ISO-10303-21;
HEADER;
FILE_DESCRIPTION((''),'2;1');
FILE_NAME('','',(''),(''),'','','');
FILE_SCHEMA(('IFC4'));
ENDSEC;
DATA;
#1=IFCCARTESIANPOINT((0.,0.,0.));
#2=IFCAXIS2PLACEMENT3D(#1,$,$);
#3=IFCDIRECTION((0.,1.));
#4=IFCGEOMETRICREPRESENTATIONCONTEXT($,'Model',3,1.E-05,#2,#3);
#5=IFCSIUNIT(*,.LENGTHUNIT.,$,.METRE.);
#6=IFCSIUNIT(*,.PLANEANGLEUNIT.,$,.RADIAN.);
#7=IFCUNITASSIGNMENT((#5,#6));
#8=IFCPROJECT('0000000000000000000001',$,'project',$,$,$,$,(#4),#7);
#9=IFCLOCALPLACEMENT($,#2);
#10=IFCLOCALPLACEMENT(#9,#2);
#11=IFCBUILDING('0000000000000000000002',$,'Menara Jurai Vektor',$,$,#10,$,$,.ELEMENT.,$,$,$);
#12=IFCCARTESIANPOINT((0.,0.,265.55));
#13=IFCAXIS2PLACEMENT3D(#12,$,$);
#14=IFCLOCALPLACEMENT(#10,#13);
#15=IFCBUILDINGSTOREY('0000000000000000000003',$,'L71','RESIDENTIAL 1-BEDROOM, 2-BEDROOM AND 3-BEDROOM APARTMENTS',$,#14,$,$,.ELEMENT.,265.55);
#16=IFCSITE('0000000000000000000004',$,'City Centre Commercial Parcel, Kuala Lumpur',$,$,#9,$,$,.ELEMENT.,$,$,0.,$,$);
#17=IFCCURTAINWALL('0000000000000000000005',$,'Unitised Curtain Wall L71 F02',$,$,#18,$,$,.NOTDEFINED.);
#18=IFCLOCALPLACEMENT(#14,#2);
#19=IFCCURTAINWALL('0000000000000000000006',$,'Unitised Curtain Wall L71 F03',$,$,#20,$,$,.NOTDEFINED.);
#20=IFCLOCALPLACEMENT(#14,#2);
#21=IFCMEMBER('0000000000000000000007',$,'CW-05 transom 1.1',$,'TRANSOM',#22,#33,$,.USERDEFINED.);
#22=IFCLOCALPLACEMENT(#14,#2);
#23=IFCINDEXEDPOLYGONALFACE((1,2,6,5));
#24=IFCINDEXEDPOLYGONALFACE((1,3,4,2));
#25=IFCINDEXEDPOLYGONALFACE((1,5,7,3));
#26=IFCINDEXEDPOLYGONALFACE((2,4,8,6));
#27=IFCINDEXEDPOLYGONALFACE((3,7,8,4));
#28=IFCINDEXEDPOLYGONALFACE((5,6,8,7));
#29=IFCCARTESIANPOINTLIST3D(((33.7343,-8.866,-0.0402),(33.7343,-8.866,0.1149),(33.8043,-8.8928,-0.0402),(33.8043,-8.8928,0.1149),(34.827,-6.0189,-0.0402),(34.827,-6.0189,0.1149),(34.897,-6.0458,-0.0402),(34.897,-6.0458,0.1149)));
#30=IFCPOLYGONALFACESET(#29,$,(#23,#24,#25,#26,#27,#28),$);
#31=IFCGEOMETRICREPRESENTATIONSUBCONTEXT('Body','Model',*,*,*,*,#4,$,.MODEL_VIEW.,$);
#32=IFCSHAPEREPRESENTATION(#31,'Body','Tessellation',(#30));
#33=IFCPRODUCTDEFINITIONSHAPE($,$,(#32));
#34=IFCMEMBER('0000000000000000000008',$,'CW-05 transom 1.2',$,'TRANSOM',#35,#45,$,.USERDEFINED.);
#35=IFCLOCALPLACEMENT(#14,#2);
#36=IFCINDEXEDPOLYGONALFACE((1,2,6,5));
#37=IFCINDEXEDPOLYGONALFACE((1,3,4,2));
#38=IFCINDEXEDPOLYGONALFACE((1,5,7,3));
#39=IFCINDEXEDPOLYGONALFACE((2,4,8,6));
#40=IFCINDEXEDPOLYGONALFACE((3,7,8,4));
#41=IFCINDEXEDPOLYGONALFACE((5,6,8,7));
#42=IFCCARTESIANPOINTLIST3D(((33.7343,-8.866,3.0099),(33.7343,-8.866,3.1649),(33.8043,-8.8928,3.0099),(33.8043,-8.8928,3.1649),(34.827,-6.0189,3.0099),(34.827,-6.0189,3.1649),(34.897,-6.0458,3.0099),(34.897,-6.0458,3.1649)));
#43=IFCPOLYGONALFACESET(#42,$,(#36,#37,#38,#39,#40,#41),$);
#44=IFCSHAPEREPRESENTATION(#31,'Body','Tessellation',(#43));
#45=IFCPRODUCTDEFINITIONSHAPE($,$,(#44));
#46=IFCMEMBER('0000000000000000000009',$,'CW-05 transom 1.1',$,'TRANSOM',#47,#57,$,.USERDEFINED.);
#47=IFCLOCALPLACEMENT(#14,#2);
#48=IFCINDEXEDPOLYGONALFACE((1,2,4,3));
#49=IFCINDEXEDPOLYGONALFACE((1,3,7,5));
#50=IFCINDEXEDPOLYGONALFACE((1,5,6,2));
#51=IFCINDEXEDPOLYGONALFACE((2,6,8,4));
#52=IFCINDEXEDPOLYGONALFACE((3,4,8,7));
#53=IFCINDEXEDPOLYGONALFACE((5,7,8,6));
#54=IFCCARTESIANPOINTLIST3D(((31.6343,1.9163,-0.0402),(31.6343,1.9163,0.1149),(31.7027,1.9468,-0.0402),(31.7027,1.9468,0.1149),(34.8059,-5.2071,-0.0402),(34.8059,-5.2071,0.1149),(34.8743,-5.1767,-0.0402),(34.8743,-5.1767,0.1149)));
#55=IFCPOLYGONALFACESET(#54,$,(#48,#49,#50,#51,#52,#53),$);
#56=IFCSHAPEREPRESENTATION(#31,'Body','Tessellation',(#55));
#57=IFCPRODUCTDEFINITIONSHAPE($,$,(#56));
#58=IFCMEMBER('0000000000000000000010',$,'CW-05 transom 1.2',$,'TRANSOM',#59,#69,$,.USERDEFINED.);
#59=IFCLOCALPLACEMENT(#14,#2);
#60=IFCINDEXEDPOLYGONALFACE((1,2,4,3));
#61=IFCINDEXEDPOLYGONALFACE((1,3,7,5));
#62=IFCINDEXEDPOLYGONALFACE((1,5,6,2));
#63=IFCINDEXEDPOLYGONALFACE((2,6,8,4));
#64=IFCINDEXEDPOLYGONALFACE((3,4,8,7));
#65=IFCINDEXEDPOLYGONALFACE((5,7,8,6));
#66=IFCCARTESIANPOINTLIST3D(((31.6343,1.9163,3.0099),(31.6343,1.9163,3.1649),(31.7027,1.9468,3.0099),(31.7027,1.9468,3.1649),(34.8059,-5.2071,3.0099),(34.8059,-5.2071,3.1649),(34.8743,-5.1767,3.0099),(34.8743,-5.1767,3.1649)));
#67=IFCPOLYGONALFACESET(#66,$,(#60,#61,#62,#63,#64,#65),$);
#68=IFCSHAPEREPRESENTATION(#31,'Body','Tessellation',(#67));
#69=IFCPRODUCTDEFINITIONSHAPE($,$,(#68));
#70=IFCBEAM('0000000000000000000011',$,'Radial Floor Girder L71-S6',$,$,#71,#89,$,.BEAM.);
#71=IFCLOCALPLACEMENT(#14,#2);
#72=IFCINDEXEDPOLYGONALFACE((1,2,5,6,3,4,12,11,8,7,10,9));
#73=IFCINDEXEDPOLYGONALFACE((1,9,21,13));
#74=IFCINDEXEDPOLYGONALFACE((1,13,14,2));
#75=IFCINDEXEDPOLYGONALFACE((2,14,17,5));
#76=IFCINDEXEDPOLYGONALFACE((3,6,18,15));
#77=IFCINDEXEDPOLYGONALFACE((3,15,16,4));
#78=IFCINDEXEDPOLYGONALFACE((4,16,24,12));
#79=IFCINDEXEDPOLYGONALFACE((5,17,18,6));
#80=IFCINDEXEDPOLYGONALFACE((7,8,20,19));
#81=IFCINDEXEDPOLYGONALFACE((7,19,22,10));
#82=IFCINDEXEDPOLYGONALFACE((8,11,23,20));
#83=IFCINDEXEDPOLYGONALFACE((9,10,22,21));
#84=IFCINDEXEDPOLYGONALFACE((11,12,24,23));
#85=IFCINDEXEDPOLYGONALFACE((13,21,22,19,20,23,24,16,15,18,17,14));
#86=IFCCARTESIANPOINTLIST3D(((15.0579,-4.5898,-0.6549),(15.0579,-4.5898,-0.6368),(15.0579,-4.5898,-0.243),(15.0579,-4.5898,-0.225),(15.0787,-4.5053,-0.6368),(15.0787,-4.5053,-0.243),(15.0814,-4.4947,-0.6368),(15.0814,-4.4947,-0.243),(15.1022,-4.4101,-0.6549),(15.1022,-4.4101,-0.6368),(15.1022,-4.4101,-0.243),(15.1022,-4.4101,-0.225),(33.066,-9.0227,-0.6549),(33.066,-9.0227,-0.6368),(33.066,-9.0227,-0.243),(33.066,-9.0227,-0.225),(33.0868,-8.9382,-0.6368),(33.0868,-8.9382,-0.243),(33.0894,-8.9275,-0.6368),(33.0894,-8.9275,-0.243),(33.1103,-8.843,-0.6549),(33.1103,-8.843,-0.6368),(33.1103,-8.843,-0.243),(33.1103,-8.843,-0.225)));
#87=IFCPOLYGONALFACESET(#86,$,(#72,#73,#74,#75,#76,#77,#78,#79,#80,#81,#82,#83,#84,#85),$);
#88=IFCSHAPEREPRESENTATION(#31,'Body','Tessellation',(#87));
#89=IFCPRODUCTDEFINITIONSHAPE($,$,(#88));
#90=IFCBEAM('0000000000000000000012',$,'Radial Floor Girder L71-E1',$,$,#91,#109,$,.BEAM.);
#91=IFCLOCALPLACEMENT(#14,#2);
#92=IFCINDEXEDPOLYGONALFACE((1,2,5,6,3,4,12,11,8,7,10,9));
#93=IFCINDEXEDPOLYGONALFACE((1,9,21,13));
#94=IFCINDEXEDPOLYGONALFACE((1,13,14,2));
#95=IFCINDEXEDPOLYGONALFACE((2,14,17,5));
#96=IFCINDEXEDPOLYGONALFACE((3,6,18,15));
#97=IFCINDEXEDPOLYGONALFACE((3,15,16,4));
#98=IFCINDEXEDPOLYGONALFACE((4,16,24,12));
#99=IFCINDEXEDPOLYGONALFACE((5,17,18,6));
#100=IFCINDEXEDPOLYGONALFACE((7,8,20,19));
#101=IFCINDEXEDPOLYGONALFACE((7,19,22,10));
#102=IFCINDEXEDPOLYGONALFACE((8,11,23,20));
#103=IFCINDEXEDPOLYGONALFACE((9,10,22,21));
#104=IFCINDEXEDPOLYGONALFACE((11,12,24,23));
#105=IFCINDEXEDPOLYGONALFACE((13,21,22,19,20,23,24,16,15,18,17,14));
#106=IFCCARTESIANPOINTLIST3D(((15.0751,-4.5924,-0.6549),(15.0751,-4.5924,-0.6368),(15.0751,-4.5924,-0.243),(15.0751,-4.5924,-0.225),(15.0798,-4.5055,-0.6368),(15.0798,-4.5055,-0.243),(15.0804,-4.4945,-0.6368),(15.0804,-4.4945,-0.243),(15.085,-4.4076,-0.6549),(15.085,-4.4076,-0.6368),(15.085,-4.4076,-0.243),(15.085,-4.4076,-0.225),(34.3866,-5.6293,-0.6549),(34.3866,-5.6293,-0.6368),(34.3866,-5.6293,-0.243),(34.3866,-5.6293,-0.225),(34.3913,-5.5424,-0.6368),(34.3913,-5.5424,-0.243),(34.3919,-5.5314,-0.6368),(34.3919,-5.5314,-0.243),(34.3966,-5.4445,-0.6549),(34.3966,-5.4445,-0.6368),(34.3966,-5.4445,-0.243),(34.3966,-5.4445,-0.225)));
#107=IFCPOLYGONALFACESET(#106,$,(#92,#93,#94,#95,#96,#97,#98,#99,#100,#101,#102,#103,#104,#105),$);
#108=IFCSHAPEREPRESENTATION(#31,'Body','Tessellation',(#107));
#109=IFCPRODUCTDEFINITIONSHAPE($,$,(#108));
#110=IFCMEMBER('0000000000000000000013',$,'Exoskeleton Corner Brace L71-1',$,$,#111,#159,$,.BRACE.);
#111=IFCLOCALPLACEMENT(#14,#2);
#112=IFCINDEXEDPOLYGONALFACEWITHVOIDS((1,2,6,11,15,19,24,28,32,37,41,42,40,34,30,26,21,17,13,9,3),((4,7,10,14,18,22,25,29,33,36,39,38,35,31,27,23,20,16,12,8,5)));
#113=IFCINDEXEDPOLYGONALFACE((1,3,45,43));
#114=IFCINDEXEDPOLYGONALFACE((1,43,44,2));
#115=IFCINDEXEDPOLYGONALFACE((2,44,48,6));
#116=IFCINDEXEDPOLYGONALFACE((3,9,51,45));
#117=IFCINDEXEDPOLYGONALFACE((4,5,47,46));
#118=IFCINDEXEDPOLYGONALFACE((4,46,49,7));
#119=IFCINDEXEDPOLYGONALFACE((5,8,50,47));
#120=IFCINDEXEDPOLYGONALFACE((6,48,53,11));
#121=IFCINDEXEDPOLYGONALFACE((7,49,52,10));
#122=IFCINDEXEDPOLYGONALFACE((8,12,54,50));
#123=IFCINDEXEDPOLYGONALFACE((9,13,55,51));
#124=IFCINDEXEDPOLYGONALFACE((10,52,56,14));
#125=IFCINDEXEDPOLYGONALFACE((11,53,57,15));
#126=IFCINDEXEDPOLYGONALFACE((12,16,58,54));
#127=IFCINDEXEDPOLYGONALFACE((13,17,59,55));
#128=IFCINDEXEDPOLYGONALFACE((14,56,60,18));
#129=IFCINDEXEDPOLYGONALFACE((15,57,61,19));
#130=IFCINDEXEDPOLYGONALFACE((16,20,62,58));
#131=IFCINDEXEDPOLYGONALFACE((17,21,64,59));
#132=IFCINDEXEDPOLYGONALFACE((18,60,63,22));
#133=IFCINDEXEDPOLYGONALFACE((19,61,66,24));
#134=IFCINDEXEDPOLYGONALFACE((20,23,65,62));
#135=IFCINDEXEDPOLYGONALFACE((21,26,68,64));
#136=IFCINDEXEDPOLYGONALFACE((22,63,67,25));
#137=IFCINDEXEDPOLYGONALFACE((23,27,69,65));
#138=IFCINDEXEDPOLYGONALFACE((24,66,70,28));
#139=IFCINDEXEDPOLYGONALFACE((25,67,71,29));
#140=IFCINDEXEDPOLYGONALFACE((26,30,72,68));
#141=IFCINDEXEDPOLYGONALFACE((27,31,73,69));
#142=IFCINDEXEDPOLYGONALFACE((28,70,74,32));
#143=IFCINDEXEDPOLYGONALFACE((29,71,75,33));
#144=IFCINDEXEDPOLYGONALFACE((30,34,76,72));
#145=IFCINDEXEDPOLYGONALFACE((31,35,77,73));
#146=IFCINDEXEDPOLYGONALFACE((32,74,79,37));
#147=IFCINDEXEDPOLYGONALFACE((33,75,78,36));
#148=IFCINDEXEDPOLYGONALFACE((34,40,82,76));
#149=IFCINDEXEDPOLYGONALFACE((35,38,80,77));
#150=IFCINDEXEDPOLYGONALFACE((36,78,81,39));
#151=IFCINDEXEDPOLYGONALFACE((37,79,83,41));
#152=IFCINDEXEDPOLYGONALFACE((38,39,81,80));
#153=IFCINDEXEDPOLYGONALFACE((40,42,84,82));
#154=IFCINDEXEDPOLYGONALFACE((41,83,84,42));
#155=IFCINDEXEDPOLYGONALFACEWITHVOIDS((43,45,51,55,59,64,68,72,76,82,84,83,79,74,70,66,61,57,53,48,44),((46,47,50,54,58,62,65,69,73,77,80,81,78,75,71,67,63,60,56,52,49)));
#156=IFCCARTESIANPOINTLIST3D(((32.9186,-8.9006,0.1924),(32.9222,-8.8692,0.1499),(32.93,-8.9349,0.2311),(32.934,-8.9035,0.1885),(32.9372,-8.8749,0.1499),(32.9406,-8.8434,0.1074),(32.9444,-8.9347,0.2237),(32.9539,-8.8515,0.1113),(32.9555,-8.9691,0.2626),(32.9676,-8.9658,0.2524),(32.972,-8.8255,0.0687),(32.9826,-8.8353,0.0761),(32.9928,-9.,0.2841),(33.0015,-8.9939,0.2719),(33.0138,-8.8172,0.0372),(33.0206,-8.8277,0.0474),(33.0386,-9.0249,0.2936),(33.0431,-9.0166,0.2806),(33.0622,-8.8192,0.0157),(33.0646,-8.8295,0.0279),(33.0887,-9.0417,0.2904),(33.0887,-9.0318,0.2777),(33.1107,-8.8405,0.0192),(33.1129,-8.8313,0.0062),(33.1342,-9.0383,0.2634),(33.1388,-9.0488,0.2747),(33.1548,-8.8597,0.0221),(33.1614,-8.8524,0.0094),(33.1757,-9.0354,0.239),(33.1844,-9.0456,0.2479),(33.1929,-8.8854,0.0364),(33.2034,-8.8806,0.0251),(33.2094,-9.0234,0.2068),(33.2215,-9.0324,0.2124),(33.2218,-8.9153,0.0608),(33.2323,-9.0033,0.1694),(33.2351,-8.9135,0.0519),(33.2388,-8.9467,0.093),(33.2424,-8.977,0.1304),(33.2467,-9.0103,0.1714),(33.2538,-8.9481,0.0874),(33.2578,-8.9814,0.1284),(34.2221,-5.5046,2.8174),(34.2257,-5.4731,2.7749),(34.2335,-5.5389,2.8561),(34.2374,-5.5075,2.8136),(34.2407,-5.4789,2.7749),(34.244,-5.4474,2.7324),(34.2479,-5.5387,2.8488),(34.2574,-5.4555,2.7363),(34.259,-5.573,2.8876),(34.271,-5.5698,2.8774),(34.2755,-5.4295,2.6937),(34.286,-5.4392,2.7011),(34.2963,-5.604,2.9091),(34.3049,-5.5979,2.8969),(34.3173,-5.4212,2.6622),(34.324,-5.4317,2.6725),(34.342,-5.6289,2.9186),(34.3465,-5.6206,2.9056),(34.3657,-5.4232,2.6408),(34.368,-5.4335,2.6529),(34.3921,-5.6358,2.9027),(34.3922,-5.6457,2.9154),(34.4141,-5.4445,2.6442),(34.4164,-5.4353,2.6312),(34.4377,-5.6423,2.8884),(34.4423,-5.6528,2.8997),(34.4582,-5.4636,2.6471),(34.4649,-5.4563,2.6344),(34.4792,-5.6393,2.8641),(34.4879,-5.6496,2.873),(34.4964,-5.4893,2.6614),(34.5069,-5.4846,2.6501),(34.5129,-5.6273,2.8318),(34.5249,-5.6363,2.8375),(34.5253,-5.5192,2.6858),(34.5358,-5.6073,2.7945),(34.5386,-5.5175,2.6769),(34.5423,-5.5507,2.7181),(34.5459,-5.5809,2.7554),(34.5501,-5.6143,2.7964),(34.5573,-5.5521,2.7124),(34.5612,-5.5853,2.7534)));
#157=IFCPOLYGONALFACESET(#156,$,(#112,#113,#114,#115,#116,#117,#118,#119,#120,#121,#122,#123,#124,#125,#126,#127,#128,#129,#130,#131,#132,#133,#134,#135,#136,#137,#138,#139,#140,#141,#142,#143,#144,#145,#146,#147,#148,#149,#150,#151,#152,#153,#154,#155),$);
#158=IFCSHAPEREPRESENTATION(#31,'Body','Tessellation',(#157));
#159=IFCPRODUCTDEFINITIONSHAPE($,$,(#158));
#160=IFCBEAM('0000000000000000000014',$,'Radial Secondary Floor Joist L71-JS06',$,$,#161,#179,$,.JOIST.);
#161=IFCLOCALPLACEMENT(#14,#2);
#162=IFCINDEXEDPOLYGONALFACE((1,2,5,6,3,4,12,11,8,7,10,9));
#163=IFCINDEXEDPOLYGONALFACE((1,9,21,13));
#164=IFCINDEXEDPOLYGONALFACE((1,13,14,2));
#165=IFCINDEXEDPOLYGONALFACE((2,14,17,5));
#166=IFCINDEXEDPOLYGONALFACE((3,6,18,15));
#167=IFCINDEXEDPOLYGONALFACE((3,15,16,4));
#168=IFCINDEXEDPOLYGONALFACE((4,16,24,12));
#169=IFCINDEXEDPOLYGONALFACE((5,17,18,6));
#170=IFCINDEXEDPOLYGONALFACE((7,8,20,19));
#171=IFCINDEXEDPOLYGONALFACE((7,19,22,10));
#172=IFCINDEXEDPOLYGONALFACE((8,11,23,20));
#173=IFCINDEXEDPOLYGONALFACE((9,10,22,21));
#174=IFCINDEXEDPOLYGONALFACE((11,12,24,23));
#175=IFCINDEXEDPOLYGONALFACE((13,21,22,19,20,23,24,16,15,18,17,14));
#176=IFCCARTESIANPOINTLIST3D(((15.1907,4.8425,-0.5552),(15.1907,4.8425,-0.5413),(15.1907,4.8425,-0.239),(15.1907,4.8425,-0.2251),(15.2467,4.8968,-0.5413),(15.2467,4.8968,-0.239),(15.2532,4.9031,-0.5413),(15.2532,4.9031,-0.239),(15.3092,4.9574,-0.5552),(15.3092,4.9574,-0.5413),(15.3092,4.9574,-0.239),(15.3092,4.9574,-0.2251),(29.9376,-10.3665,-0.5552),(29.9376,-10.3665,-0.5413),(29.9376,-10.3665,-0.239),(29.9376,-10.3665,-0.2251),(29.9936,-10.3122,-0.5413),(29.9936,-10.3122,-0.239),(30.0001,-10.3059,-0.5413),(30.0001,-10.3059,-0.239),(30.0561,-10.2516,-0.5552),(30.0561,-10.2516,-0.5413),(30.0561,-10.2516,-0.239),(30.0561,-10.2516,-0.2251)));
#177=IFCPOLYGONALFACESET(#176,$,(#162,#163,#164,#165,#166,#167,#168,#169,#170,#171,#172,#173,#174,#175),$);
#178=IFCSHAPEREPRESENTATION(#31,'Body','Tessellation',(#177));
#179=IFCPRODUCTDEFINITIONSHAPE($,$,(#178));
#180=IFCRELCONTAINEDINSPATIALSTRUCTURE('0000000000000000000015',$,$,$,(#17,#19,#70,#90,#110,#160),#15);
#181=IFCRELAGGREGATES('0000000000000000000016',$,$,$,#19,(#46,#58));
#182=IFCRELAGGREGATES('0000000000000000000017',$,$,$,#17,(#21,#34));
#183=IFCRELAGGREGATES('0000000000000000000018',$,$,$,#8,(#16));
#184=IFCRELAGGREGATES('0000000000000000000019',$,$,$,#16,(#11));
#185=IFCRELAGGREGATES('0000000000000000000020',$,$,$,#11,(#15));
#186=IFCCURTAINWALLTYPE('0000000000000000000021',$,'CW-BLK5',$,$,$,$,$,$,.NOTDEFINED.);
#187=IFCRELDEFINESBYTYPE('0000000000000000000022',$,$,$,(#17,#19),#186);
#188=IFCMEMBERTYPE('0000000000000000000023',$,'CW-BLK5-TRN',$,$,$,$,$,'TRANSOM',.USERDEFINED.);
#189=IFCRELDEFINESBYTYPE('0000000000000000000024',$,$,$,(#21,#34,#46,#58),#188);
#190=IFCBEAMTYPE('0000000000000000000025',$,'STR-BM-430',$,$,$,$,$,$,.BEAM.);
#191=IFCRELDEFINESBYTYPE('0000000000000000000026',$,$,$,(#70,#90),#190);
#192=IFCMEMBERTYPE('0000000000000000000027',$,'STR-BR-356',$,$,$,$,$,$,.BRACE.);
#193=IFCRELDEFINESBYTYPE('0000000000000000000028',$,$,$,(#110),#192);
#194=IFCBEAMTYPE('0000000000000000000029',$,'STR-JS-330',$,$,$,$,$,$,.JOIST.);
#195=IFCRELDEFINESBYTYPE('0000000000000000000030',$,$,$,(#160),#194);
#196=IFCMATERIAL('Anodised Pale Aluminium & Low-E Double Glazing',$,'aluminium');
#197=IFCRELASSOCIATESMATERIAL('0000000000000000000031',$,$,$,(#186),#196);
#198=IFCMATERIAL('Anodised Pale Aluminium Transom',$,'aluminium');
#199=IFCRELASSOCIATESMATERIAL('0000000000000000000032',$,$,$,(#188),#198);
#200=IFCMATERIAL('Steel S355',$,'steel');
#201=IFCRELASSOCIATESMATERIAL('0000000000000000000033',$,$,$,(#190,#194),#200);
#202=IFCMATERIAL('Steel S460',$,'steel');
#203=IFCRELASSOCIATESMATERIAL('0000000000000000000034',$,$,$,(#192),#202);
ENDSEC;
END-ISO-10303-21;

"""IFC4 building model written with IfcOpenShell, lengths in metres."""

from ifc_helpers import new_model, si_unit, direction, frame, origin, origin_2d, place, context, subcontext, project, spatial, rectangle, hollow_circle, i_section, extrude, material, material_profile, profile_set, type_object, element, aggregate, save


model = new_model("IFC4")

# Units and contexts
model_context = context("Model", 3, precision=1e-05, world=origin(), true_north=direction((0.0, 1.0)))
body_context = subcontext(model_context, "Body", "Model", "MODEL_VIEW")
ifc_project = project(units=[si_unit("LENGTHUNIT", "METRE"), si_unit("PLANEANGLEUNIT", "RADIAN")], contexts=[model_context])

# Site, building, storey
site_placement = place(None, origin())
site = spatial("IfcSite", under=ifc_project, at=site_placement, Name="City Centre Commercial Parcel, Kuala Lumpur", CompositionType="ELEMENT", RefElevation=0.0)
building_placement = place(site_placement, origin())
building = spatial("IfcBuilding", under=site, at=building_placement, Name="Menara Jurai Vektor", CompositionType="ELEMENT")
storey_placement = place(building_placement, frame((0.0, 0.0, 265.55)))
storey = spatial("IfcBuildingStorey", under=building, at=storey_placement, Name="L71", Description="RESIDENTIAL 1-BEDROOM, 2-BEDROOM AND 3-BEDROOM APARTMENTS", CompositionType="ELEMENT", Elevation=265.55)

# Shared definitions
ifc_material_1 = material(Name="Steel S460", Category="steel")

# Curtain wall
ifc_material_2 = material(Name="Anodised Pale Aluminium & Low-E Double Glazing", Category="aluminium")
curtain_wall_type = type_object("IfcCurtainWallType", Name="CW-BLK5", PredefinedType="NOTDEFINED", material=ifc_material_2)
curtain_wall_1_placement = place(storey_placement, origin())
curtain_wall_1 = element("IfcCurtainWall", 1, at=curtain_wall_1_placement, inside=storey, type_object=curtain_wall_type, Name="Unitised Curtain Wall L71 F02", PredefinedType="NOTDEFINED")

# Curtain wall
curtain_wall_2_placement = place(storey_placement, origin())
curtain_wall_2 = element("IfcCurtainWall", 2, at=curtain_wall_2_placement, inside=storey, type_object=curtain_wall_type, Name="Unitised Curtain Wall L71 F03", PredefinedType="NOTDEFINED")

# Members
ifc_material_3 = material(Name="Anodised Pale Aluminium Transom", Category="aluminium")
ifc_material_profile_1 = material_profile(ifc_material_3, rectangle(XDim=0.075, YDim=0.155, at=origin_2d()), Name="ALU TRN 75x155")
ifc_profile_set_1 = profile_set([ifc_material_profile_1], Name="Anodised Pale Aluminium Transom")
member_type_1 = type_object("IfcMemberType", Name="CW-BLK5-TRN", ElementType="TRANSOM", PredefinedType="USERDEFINED", material=ifc_profile_set_1)
member_1_placement = place(storey_placement, frame((33.7693, -8.8794, 0.0374), z_axis=(0.358325, 0.933597, 0.0), x_axis=(-0.933597, 0.358325, 0.0)))
member_1 = element("IfcMember", 3, at=member_1_placement, type_object=member_type_1, Name="CW-05 transom 1.1", ObjectType="TRANSOM", PredefinedType="USERDEFINED", context=body_context, shape_type="SweptSolid", body=[
    extrude(rectangle(XDim=0.075, YDim=0.155, at=origin_2d()), origin(), (0.0, 0.0, 1.0), 3.0496),
])
member_2_placement = place(storey_placement, frame((33.7693, -8.8794, 3.0874), z_axis=(0.358325, 0.933597, 0.0), x_axis=(-0.933597, 0.358325, 0.0)))
member_2 = element("IfcMember", 4, at=member_2_placement, type_object=member_type_1, Name="CW-05 transom 1.2", ObjectType="TRANSOM", PredefinedType="USERDEFINED", context=body_context, shape_type="SweptSolid", body=[
    extrude(rectangle(XDim=0.075, YDim=0.155, at=origin_2d()), origin(), (0.0, 0.0, 1.0), 3.0496),
])
member_3_placement = place(storey_placement, frame((34.8401, -5.1919, 0.0374), z_axis=(-0.40674, 0.913544, 0.0), x_axis=(-0.913544, -0.40674, 0.0)))
member_3 = element("IfcMember", 5, at=member_3_placement, type_object=member_type_1, Name="CW-05 transom 1.1", ObjectType="TRANSOM", PredefinedType="USERDEFINED", context=body_context, shape_type="SweptSolid", body=[
    extrude(rectangle(XDim=0.075, YDim=0.155, at=origin_2d()), origin(), (0.0, 0.0, 1.0), 7.7976),
])
member_4_placement = place(storey_placement, frame((34.8401, -5.1919, 3.0874), z_axis=(-0.40674, 0.913544, 0.0), x_axis=(-0.913544, -0.40674, 0.0)))
member_4 = element("IfcMember", 6, at=member_4_placement, type_object=member_type_1, Name="CW-05 transom 1.2", ObjectType="TRANSOM", PredefinedType="USERDEFINED", context=body_context, shape_type="SweptSolid", body=[
    extrude(rectangle(XDim=0.075, YDim=0.155, at=origin_2d()), origin(), (0.0, 0.0, 1.0), 7.7976),
])

# Beams
ifc_material_4 = material(Name="Steel S355", Category="steel")
ifc_material_profile_2 = material_profile(ifc_material_4, i_section(OverallWidth=0.1851, OverallDepth=0.4299, WebThickness=0.011, FlangeThickness=0.0181, at=origin_2d()), Name="PG 430x185x76")
ifc_profile_set_2 = profile_set([ifc_material_profile_2], Name="Steel S355")
beam_type_1 = type_object("IfcBeamType", Name="STR-BM-430", PredefinedType="BEAM", material=ifc_profile_set_2)
beam_1_placement = place(storey_placement, frame((33.0881, -8.9329, -0.4399), z_axis=(-0.971014, 0.239025, 0.0), x_axis=(-0.239025, -0.971014, 0.0)))
element("IfcBeam", 7, at=beam_1_placement, inside=storey, type_object=beam_type_1, Name="Radial Floor Girder L71-S6", PredefinedType="BEAM", context=body_context, shape_type="SweptSolid", body=[
    extrude(i_section(OverallWidth=0.1851, OverallDepth=0.4299, WebThickness=0.011, FlangeThickness=0.0181, at=origin_2d()), origin(), (0.0, 0.0, 1.0), 18.5457),
])
beam_2_placement = place(storey_placement, frame((34.3916, -5.5369, -0.4399), z_axis=(-0.998562, 0.053614, 0.0), x_axis=(-0.053614, -0.998562, 0.0)))
element("IfcBeam", 8, at=beam_2_placement, inside=storey, type_object=beam_type_1, Name="Radial Floor Girder L71-E1", PredefinedType="BEAM", context=body_context, shape_type="SweptSolid", body=[
    extrude(i_section(OverallWidth=0.1851, OverallDepth=0.4299, WebThickness=0.011, FlangeThickness=0.0181, at=origin_2d()), origin(), (0.0, 0.0, 1.0), 19.3394),
])

# Member
ifc_material_profile_3 = material_profile(ifc_material_1, hollow_circle(Radius=0.1777, WallThickness=0.0161, at=origin_2d()), Name="CHS 355.6x16")
ifc_profile_set_3 = profile_set([ifc_material_profile_3], Name="Steel S460")
member_type_2 = type_object("IfcMemberType", Name="STR-BR-356", PredefinedType="BRACE", material=ifc_profile_set_3)
member_5_placement = place(storey_placement, frame((33.0881, -8.9329, 0.1499), z_axis=(0.290576, 0.757054, 0.585179), x_axis=(-0.933593, 0.358336, 0.0)))
element("IfcMember", 9, at=member_5_placement, inside=storey, type_object=member_type_2, Name="Exoskeleton Corner Brace L71-1", PredefinedType="BRACE", context=body_context, shape_type="SweptSolid", body=[
    extrude(hollow_circle(Radius=0.1777, WallThickness=0.0161, at=origin_2d()), origin(), (0.0, 0.0, 1.0), 4.4858),
])

# Beam
ifc_material_profile_4 = material_profile(ifc_material_4, i_section(OverallWidth=0.165, OverallDepth=0.3301, WebThickness=0.009, FlangeThickness=0.0139, at=origin_2d()), Name="PG 330x165x46")
ifc_profile_set_4 = profile_set([ifc_material_profile_4], Name="Steel S355")
beam_type_2 = type_object("IfcBeamType", Name="STR-JS-330", PredefinedType="JOIST", material=ifc_profile_set_4)
beam_3_placement = place(storey_placement, frame((29.9968, -10.3091, -0.3901), z_axis=(-0.696115, 0.717931, 0.0), x_axis=(-0.717931, -0.696115, 0.0)))
element("IfcBeam", 10, at=beam_3_placement, inside=storey, type_object=beam_type_2, Name="Radial Secondary Floor Joist L71-JS06", PredefinedType="JOIST", context=body_context, shape_type="SweptSolid", body=[
    extrude(i_section(OverallWidth=0.165, OverallDepth=0.3301, WebThickness=0.009, FlangeThickness=0.0139, at=origin_2d()), origin(), (0.0, 0.0, 1.0), 21.1846),
])

aggregate(curtain_wall_2, [member_3, member_4])
aggregate(curtain_wall_1, [member_1, member_2])

save(model, "model.ifc")
